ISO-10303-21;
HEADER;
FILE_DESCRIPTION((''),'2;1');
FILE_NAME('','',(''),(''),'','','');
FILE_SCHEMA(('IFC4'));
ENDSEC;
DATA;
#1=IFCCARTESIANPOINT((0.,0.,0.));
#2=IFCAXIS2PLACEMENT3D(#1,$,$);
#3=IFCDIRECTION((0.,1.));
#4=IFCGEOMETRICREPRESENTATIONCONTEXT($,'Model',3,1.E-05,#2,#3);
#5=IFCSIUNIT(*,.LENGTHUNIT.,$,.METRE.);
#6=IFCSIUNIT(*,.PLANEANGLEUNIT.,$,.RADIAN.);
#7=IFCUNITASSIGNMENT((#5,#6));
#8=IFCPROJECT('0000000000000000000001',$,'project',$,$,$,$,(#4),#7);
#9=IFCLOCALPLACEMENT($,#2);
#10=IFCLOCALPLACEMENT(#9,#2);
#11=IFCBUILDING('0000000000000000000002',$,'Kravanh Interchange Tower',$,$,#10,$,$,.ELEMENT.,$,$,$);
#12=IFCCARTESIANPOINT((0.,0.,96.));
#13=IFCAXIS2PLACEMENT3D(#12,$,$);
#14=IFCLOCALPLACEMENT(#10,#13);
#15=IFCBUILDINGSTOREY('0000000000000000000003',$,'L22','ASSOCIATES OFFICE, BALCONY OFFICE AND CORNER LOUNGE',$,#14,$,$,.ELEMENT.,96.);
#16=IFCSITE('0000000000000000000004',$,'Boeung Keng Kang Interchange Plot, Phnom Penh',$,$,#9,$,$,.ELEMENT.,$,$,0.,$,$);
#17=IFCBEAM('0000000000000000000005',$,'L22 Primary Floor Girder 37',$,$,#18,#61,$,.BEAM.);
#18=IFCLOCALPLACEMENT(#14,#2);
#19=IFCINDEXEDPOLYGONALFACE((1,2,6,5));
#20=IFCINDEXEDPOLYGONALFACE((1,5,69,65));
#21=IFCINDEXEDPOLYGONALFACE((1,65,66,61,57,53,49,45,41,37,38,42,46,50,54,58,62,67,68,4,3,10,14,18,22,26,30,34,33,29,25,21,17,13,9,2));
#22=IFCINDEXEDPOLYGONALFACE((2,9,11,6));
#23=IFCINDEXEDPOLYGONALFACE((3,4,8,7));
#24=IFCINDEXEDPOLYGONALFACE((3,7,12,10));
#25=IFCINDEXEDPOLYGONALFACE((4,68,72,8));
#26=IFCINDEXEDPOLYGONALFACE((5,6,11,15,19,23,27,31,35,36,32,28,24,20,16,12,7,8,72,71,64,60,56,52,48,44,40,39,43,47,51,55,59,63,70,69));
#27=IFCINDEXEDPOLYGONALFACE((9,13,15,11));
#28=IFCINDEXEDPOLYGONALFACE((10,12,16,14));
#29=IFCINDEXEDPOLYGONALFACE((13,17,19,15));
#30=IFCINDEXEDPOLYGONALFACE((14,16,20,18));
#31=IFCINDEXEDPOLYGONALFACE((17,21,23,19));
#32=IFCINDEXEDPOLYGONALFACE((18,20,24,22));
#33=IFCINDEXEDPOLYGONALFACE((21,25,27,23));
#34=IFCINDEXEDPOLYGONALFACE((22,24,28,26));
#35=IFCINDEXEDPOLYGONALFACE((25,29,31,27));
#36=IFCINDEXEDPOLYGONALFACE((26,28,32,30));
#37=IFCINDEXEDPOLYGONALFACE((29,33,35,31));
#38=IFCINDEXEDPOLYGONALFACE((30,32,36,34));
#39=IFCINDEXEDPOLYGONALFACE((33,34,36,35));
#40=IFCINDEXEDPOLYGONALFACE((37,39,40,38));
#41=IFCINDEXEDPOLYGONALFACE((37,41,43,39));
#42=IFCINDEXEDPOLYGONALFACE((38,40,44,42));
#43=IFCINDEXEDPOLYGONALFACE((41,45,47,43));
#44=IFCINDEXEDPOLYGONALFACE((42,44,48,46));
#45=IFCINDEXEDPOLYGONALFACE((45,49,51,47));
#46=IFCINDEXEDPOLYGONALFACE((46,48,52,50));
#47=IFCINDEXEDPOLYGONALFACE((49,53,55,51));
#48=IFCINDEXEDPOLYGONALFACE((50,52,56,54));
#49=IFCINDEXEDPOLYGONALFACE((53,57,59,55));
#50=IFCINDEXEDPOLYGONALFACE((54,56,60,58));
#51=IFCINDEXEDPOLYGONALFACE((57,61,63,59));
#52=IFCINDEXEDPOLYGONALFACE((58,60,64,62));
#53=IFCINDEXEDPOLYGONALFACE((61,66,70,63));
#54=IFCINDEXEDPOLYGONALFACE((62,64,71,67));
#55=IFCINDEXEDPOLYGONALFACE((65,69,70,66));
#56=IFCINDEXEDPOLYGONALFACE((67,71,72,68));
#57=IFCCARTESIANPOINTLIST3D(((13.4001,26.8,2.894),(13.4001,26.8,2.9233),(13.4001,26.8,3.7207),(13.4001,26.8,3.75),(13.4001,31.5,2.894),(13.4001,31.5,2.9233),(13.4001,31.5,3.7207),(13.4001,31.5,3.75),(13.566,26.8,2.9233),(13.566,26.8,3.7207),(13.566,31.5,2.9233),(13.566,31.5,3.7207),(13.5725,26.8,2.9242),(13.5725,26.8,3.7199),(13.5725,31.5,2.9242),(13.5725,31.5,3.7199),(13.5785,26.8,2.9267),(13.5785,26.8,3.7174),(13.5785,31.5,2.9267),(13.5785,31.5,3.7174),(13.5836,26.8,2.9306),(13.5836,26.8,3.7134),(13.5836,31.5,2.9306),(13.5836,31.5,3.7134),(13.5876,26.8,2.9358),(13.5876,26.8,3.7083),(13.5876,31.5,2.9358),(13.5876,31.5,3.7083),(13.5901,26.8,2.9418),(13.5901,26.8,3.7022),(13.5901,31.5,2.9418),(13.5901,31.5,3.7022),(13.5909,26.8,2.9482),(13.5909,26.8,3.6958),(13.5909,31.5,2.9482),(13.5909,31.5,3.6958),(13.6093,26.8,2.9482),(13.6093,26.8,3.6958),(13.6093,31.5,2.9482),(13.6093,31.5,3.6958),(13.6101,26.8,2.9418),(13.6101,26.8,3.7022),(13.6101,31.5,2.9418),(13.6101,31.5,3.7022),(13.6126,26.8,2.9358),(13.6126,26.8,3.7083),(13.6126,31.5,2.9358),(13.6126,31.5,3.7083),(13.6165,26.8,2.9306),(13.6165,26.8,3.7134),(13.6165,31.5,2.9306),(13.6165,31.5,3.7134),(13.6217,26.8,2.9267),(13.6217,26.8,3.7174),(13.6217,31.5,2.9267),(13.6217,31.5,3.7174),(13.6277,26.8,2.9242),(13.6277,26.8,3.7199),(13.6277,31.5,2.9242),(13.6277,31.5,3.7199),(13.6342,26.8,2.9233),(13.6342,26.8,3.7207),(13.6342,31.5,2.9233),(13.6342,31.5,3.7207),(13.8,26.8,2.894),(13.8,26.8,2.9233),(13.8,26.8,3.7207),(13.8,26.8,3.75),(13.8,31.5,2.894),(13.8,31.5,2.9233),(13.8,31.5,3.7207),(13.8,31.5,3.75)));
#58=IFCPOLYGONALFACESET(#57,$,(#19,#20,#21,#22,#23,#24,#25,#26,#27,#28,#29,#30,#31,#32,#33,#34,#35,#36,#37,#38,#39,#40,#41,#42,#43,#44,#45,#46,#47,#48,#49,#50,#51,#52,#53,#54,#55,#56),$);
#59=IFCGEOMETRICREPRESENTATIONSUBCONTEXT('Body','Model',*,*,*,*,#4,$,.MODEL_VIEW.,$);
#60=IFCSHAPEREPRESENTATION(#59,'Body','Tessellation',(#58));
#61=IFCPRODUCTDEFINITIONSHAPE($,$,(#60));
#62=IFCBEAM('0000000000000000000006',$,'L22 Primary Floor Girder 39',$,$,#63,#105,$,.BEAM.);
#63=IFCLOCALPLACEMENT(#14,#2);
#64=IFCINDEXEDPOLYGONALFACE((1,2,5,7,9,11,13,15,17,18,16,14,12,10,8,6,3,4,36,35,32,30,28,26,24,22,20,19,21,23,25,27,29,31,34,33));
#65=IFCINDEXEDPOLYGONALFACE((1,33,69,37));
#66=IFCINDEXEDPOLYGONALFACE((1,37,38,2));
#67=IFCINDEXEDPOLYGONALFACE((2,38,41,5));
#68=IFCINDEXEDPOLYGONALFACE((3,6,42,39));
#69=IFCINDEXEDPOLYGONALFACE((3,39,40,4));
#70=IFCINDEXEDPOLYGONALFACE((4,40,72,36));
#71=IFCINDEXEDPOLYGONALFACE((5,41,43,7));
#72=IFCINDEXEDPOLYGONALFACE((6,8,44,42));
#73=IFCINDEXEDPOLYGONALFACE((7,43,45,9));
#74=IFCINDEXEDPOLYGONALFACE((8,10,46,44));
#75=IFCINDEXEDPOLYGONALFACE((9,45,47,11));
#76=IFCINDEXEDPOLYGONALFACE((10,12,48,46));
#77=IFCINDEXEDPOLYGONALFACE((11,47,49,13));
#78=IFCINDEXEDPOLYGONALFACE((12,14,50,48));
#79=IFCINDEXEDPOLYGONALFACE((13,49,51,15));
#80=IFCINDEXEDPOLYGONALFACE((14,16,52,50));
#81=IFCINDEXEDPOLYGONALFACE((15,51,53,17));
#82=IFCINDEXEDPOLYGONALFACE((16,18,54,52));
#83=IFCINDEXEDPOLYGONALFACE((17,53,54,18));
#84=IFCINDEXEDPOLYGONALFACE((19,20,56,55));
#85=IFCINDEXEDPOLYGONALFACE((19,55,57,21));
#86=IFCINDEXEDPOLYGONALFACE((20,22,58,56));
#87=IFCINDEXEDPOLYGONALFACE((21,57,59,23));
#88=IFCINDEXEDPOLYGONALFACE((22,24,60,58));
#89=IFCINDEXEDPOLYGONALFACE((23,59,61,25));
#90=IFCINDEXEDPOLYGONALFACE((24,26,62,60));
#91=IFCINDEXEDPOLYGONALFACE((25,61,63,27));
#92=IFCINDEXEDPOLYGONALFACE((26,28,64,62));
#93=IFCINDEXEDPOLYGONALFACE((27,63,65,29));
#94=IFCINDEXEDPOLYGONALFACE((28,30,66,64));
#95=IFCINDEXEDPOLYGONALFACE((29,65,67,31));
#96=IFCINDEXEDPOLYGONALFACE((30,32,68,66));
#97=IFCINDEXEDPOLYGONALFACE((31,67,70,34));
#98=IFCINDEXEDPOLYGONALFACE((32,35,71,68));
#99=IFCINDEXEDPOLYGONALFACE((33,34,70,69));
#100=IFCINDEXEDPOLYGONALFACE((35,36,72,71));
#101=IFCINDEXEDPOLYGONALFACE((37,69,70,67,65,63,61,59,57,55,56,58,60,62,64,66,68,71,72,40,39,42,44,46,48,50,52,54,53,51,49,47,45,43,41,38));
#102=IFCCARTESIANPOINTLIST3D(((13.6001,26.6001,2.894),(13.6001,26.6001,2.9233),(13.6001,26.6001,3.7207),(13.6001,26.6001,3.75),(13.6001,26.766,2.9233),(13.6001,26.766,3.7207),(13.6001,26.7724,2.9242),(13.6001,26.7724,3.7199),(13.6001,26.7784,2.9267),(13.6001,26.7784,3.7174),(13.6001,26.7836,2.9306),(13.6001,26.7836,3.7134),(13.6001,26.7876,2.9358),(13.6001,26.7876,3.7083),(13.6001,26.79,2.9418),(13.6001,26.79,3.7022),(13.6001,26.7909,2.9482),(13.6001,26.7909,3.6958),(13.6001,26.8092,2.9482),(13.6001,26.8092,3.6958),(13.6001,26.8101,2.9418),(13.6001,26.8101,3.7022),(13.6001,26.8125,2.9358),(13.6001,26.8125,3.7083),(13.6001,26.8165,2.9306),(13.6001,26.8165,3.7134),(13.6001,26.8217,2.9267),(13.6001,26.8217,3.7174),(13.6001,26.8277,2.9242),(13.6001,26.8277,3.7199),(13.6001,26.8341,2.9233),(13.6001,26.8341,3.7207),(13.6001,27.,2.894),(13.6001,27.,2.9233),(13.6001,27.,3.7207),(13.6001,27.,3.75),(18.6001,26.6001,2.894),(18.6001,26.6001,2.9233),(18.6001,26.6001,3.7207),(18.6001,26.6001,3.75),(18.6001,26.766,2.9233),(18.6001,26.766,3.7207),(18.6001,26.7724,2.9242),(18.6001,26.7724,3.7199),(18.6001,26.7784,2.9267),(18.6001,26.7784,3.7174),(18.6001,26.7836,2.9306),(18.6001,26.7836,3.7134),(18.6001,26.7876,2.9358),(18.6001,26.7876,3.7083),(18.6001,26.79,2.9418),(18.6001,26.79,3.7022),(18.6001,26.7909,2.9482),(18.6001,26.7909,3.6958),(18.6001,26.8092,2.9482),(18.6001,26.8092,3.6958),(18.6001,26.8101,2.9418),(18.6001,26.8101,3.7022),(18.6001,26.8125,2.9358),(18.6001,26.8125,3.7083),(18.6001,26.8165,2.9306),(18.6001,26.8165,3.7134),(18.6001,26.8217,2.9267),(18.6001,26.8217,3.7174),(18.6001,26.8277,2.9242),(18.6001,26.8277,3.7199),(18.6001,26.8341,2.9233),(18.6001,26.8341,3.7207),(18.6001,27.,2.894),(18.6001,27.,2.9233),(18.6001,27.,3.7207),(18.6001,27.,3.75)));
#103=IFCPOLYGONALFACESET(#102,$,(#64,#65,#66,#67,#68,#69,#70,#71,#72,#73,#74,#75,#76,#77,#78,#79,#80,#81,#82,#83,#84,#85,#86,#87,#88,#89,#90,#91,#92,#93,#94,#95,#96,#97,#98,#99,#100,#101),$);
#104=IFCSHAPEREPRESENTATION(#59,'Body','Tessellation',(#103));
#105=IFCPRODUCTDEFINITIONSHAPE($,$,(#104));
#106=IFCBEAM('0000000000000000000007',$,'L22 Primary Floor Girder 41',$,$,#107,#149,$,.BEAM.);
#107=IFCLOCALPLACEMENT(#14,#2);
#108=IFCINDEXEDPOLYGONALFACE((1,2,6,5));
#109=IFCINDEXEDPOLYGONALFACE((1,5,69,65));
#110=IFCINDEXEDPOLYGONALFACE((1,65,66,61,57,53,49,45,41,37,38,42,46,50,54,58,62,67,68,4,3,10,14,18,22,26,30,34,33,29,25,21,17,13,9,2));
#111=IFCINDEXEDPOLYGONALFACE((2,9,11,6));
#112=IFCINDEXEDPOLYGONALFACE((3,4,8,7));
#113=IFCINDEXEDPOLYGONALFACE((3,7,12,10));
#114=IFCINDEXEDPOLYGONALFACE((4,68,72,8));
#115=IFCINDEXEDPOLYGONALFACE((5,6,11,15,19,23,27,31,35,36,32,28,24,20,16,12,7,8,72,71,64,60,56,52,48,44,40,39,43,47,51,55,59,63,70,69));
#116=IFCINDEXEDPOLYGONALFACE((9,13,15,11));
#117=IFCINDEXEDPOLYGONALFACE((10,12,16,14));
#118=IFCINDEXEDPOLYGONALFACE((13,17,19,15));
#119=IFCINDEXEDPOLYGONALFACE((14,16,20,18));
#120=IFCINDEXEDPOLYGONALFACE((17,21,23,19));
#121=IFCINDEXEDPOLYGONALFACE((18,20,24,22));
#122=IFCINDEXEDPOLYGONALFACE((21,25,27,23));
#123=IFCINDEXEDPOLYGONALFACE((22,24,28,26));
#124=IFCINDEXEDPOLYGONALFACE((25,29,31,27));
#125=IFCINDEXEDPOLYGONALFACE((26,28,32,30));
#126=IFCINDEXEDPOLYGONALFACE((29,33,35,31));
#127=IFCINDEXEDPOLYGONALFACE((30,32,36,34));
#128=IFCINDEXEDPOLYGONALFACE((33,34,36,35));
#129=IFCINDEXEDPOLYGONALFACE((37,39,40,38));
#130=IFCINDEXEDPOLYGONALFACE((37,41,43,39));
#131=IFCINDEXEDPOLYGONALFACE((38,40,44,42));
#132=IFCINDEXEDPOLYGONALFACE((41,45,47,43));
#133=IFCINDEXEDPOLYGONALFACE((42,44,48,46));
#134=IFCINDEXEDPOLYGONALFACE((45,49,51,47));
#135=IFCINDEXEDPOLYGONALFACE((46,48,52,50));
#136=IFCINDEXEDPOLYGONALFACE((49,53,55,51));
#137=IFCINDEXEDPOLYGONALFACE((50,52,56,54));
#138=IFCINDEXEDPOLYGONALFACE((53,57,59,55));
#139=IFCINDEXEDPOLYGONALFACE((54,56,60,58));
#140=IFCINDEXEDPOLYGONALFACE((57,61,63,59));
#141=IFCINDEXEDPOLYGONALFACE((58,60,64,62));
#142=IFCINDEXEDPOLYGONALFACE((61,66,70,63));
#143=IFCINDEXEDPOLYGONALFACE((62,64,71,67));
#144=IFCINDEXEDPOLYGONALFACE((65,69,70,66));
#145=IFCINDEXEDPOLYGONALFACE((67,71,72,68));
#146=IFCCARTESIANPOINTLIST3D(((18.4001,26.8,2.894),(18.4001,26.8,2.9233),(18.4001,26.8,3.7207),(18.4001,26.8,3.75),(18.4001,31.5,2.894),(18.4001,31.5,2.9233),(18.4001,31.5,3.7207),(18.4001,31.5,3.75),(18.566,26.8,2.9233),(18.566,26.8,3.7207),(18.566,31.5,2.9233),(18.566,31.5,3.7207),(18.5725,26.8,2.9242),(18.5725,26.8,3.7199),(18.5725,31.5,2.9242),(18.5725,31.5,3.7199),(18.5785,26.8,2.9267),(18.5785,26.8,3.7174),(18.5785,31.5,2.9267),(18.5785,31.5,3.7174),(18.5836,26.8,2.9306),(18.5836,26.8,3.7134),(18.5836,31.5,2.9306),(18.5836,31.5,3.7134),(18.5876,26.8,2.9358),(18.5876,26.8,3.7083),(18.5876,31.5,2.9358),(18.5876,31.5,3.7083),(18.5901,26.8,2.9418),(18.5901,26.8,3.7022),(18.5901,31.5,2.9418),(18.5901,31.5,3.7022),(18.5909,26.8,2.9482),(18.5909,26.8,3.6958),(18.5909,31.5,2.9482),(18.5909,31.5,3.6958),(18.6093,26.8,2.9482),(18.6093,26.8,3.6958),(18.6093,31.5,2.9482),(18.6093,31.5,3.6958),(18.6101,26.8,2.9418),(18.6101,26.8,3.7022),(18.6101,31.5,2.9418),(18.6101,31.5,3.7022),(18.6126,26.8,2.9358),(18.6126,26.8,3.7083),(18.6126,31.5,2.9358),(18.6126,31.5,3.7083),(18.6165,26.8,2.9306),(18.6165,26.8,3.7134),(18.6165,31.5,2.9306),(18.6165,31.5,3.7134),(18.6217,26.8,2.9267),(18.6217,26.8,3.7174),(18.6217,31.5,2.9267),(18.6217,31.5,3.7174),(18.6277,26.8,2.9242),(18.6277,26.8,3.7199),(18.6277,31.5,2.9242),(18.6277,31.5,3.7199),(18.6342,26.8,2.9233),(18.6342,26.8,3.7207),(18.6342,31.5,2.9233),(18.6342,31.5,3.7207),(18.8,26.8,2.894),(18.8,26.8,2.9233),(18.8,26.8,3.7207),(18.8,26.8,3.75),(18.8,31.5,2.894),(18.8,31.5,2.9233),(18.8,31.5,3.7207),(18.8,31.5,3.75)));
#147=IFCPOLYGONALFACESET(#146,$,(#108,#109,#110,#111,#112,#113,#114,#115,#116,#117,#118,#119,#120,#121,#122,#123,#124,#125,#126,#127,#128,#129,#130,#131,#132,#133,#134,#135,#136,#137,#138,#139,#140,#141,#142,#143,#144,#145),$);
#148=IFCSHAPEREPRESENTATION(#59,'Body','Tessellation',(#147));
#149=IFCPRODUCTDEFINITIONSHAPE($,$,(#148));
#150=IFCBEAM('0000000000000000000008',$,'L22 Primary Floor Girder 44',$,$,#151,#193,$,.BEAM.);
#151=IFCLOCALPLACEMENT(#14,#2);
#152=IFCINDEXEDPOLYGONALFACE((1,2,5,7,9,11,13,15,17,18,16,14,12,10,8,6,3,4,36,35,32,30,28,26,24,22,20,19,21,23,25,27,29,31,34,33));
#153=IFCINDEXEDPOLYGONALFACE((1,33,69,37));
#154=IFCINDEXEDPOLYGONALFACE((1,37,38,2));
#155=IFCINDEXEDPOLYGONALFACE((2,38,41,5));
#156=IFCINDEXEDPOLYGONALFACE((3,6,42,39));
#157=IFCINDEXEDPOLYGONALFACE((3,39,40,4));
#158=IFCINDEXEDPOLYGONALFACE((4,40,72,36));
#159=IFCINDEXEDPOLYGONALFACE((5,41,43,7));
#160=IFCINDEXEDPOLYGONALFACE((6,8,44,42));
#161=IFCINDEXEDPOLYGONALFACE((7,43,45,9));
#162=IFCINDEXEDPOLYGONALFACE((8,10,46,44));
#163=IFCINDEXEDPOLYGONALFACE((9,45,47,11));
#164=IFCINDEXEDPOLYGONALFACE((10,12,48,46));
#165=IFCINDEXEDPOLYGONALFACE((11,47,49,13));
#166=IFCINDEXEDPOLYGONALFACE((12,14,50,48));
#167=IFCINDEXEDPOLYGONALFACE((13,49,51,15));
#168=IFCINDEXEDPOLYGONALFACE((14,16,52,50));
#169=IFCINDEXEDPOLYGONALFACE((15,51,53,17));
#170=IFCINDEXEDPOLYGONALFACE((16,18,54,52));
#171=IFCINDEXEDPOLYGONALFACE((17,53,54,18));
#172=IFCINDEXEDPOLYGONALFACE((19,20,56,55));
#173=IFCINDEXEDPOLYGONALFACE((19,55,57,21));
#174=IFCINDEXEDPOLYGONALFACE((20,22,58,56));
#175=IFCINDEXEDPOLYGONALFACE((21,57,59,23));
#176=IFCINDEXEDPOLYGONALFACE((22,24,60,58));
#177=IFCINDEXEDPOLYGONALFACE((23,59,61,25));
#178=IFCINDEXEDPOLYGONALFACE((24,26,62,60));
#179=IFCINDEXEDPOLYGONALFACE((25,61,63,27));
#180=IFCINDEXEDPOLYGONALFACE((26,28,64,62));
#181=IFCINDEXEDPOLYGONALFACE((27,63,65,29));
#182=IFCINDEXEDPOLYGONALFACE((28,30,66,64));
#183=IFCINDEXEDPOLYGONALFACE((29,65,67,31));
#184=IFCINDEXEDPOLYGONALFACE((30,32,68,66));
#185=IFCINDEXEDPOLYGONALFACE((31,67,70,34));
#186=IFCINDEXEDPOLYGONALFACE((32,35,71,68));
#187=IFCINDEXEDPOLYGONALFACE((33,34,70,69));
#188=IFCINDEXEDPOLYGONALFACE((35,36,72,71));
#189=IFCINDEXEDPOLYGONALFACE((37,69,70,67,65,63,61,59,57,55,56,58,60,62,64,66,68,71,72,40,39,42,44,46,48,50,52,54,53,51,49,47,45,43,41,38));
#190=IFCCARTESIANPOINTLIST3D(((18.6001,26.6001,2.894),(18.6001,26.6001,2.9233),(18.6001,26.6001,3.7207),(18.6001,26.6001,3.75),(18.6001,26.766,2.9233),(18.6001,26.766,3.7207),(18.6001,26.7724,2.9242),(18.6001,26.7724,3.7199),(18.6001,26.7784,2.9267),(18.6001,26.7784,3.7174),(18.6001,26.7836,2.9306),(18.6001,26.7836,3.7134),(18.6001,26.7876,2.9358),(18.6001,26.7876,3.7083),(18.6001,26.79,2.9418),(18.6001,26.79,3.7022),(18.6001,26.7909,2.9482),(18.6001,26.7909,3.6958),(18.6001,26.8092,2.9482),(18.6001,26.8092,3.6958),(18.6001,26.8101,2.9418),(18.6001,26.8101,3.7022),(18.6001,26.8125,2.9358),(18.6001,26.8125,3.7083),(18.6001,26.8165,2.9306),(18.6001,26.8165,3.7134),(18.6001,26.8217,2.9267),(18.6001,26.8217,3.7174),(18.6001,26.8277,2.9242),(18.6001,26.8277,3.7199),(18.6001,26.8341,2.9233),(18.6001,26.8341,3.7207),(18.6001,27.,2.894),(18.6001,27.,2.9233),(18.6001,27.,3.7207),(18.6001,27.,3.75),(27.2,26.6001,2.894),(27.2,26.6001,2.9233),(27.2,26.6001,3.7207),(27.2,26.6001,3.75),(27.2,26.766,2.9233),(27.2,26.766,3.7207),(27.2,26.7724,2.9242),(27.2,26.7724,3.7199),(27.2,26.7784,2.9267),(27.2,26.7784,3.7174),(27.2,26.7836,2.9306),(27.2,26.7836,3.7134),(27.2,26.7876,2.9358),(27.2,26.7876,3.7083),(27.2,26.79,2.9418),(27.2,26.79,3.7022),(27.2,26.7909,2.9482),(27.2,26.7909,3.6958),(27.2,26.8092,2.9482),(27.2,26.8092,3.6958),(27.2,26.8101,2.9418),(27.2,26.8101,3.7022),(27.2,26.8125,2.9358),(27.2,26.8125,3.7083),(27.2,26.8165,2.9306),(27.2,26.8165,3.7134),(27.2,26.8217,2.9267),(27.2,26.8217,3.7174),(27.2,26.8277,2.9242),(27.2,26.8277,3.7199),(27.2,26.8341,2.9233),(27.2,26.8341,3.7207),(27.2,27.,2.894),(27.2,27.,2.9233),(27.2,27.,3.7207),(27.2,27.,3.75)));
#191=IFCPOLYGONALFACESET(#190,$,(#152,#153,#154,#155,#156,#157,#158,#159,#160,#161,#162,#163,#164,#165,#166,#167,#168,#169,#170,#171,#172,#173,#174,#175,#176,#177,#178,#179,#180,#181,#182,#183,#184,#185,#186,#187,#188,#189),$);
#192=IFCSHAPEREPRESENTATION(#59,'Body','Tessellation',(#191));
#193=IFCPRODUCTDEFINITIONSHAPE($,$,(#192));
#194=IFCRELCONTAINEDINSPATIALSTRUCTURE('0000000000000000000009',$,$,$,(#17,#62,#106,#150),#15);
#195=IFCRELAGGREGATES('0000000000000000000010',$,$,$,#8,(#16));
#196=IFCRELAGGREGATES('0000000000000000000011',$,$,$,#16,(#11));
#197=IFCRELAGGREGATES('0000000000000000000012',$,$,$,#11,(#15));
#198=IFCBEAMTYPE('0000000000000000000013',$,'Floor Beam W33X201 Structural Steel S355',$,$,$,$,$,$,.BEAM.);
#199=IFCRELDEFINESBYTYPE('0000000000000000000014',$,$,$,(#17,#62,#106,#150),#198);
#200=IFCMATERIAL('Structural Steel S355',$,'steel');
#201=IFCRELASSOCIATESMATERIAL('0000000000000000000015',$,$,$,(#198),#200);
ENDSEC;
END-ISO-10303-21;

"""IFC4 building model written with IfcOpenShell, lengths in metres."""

from ifc_helpers import new_model, si_unit, direction, frame, origin, origin_2d, place, context, subcontext, project, spatial, i_section, extrude, material, material_profile, profile_set, type_object, element, save


model = new_model("IFC4")

# Units and contexts
model_context = context("Model", 3, precision=1e-05, world=origin(), true_north=direction((0.0, 1.0)))
body_context = subcontext(model_context, "Body", "Model", "MODEL_VIEW")
ifc_project = project(units=[si_unit("LENGTHUNIT", "METRE"), si_unit("PLANEANGLEUNIT", "RADIAN")], contexts=[model_context])

# Site, building, storey
site_placement = place(None, origin())
site = spatial("IfcSite", under=ifc_project, at=site_placement, Name="Boeung Keng Kang Interchange Plot, Phnom Penh", CompositionType="ELEMENT", RefElevation=0.0)
building_placement = place(site_placement, origin())
building = spatial("IfcBuilding", under=site, at=building_placement, Name="Kravanh Interchange Tower", CompositionType="ELEMENT")
storey_placement = place(building_placement, frame((0.0, 0.0, 96.0)))
storey = spatial("IfcBuildingStorey", under=building, at=storey_placement, Name="L22", Description="ASSOCIATES OFFICE, BALCONY OFFICE AND CORNER LOUNGE", CompositionType="ELEMENT", Elevation=96.0)

# Beams
ifc_material_1 = material(Name="Structural Steel S355", Category="steel")
ifc_material_profile_1 = material_profile(ifc_material_1, i_section(OverallWidth=0.3999, OverallDepth=0.856, WebThickness=0.0183, FlangeThickness=0.0293, FilletRadius=0.0249, at=origin_2d()), Name="W33X201")
ifc_profile_set_1 = profile_set([ifc_material_profile_1], Name="Structural Steel S355")
beam_type_1 = type_object("IfcBeamType", Name="Floor Beam W33X201 Structural Steel S355", PredefinedType="BEAM", material=ifc_profile_set_1)
beam_1_placement = place(storey_placement, frame((13.6001, 26.8, 3.322), z_axis=(0.0, 1.0, 0.0), x_axis=(-1.0, 0.0, 0.0)))
element("IfcBeam", 1, at=beam_1_placement, inside=storey, type_object=beam_type_1, Name="L22 Primary Floor Girder 37", PredefinedType="BEAM", context=body_context, shape_type="SweptSolid", body=[
    extrude(i_section(OverallWidth=0.3999, OverallDepth=0.856, WebThickness=0.0183, FlangeThickness=0.0293, FilletRadius=0.0249, at=origin_2d()), origin(), (0.0, 0.0, 1.0), 4.7),
])
beam_2_placement = place(storey_placement, frame((13.6001, 26.8, 3.322), z_axis=(1.0, 0.0, 0.0), x_axis=(0.0, 1.0, 0.0)))
element("IfcBeam", 2, at=beam_2_placement, inside=storey, type_object=beam_type_1, Name="L22 Primary Floor Girder 39", PredefinedType="BEAM", context=body_context, shape_type="SweptSolid", body=[
    extrude(i_section(OverallWidth=0.3999, OverallDepth=0.856, WebThickness=0.0183, FlangeThickness=0.0293, FilletRadius=0.0249, at=origin_2d()), origin(), (0.0, 0.0, 1.0), 5.0),
])
beam_3_placement = place(storey_placement, frame((18.6001, 26.8, 3.322), z_axis=(0.0, 1.0, 0.0), x_axis=(-1.0, 0.0, 0.0)))
element("IfcBeam", 3, at=beam_3_placement, inside=storey, type_object=beam_type_1, Name="L22 Primary Floor Girder 41", PredefinedType="BEAM", context=body_context, shape_type="SweptSolid", body=[
    extrude(i_section(OverallWidth=0.3999, OverallDepth=0.856, WebThickness=0.0183, FlangeThickness=0.0293, FilletRadius=0.0249, at=origin_2d()), origin(), (0.0, 0.0, 1.0), 4.7),
])
beam_4_placement = place(storey_placement, frame((18.6001, 26.8, 3.322), z_axis=(1.0, 0.0, 0.0), x_axis=(0.0, 1.0, 0.0)))
element("IfcBeam", 4, at=beam_4_placement, inside=storey, type_object=beam_type_1, Name="L22 Primary Floor Girder 44", PredefinedType="BEAM", context=body_context, shape_type="SweptSolid", body=[
    extrude(i_section(OverallWidth=0.3999, OverallDepth=0.856, WebThickness=0.0183, FlangeThickness=0.0293, FilletRadius=0.0249, at=origin_2d()), origin(), (0.0, 0.0, 1.0), 8.5999),
])

save(model, "model.ifc")
